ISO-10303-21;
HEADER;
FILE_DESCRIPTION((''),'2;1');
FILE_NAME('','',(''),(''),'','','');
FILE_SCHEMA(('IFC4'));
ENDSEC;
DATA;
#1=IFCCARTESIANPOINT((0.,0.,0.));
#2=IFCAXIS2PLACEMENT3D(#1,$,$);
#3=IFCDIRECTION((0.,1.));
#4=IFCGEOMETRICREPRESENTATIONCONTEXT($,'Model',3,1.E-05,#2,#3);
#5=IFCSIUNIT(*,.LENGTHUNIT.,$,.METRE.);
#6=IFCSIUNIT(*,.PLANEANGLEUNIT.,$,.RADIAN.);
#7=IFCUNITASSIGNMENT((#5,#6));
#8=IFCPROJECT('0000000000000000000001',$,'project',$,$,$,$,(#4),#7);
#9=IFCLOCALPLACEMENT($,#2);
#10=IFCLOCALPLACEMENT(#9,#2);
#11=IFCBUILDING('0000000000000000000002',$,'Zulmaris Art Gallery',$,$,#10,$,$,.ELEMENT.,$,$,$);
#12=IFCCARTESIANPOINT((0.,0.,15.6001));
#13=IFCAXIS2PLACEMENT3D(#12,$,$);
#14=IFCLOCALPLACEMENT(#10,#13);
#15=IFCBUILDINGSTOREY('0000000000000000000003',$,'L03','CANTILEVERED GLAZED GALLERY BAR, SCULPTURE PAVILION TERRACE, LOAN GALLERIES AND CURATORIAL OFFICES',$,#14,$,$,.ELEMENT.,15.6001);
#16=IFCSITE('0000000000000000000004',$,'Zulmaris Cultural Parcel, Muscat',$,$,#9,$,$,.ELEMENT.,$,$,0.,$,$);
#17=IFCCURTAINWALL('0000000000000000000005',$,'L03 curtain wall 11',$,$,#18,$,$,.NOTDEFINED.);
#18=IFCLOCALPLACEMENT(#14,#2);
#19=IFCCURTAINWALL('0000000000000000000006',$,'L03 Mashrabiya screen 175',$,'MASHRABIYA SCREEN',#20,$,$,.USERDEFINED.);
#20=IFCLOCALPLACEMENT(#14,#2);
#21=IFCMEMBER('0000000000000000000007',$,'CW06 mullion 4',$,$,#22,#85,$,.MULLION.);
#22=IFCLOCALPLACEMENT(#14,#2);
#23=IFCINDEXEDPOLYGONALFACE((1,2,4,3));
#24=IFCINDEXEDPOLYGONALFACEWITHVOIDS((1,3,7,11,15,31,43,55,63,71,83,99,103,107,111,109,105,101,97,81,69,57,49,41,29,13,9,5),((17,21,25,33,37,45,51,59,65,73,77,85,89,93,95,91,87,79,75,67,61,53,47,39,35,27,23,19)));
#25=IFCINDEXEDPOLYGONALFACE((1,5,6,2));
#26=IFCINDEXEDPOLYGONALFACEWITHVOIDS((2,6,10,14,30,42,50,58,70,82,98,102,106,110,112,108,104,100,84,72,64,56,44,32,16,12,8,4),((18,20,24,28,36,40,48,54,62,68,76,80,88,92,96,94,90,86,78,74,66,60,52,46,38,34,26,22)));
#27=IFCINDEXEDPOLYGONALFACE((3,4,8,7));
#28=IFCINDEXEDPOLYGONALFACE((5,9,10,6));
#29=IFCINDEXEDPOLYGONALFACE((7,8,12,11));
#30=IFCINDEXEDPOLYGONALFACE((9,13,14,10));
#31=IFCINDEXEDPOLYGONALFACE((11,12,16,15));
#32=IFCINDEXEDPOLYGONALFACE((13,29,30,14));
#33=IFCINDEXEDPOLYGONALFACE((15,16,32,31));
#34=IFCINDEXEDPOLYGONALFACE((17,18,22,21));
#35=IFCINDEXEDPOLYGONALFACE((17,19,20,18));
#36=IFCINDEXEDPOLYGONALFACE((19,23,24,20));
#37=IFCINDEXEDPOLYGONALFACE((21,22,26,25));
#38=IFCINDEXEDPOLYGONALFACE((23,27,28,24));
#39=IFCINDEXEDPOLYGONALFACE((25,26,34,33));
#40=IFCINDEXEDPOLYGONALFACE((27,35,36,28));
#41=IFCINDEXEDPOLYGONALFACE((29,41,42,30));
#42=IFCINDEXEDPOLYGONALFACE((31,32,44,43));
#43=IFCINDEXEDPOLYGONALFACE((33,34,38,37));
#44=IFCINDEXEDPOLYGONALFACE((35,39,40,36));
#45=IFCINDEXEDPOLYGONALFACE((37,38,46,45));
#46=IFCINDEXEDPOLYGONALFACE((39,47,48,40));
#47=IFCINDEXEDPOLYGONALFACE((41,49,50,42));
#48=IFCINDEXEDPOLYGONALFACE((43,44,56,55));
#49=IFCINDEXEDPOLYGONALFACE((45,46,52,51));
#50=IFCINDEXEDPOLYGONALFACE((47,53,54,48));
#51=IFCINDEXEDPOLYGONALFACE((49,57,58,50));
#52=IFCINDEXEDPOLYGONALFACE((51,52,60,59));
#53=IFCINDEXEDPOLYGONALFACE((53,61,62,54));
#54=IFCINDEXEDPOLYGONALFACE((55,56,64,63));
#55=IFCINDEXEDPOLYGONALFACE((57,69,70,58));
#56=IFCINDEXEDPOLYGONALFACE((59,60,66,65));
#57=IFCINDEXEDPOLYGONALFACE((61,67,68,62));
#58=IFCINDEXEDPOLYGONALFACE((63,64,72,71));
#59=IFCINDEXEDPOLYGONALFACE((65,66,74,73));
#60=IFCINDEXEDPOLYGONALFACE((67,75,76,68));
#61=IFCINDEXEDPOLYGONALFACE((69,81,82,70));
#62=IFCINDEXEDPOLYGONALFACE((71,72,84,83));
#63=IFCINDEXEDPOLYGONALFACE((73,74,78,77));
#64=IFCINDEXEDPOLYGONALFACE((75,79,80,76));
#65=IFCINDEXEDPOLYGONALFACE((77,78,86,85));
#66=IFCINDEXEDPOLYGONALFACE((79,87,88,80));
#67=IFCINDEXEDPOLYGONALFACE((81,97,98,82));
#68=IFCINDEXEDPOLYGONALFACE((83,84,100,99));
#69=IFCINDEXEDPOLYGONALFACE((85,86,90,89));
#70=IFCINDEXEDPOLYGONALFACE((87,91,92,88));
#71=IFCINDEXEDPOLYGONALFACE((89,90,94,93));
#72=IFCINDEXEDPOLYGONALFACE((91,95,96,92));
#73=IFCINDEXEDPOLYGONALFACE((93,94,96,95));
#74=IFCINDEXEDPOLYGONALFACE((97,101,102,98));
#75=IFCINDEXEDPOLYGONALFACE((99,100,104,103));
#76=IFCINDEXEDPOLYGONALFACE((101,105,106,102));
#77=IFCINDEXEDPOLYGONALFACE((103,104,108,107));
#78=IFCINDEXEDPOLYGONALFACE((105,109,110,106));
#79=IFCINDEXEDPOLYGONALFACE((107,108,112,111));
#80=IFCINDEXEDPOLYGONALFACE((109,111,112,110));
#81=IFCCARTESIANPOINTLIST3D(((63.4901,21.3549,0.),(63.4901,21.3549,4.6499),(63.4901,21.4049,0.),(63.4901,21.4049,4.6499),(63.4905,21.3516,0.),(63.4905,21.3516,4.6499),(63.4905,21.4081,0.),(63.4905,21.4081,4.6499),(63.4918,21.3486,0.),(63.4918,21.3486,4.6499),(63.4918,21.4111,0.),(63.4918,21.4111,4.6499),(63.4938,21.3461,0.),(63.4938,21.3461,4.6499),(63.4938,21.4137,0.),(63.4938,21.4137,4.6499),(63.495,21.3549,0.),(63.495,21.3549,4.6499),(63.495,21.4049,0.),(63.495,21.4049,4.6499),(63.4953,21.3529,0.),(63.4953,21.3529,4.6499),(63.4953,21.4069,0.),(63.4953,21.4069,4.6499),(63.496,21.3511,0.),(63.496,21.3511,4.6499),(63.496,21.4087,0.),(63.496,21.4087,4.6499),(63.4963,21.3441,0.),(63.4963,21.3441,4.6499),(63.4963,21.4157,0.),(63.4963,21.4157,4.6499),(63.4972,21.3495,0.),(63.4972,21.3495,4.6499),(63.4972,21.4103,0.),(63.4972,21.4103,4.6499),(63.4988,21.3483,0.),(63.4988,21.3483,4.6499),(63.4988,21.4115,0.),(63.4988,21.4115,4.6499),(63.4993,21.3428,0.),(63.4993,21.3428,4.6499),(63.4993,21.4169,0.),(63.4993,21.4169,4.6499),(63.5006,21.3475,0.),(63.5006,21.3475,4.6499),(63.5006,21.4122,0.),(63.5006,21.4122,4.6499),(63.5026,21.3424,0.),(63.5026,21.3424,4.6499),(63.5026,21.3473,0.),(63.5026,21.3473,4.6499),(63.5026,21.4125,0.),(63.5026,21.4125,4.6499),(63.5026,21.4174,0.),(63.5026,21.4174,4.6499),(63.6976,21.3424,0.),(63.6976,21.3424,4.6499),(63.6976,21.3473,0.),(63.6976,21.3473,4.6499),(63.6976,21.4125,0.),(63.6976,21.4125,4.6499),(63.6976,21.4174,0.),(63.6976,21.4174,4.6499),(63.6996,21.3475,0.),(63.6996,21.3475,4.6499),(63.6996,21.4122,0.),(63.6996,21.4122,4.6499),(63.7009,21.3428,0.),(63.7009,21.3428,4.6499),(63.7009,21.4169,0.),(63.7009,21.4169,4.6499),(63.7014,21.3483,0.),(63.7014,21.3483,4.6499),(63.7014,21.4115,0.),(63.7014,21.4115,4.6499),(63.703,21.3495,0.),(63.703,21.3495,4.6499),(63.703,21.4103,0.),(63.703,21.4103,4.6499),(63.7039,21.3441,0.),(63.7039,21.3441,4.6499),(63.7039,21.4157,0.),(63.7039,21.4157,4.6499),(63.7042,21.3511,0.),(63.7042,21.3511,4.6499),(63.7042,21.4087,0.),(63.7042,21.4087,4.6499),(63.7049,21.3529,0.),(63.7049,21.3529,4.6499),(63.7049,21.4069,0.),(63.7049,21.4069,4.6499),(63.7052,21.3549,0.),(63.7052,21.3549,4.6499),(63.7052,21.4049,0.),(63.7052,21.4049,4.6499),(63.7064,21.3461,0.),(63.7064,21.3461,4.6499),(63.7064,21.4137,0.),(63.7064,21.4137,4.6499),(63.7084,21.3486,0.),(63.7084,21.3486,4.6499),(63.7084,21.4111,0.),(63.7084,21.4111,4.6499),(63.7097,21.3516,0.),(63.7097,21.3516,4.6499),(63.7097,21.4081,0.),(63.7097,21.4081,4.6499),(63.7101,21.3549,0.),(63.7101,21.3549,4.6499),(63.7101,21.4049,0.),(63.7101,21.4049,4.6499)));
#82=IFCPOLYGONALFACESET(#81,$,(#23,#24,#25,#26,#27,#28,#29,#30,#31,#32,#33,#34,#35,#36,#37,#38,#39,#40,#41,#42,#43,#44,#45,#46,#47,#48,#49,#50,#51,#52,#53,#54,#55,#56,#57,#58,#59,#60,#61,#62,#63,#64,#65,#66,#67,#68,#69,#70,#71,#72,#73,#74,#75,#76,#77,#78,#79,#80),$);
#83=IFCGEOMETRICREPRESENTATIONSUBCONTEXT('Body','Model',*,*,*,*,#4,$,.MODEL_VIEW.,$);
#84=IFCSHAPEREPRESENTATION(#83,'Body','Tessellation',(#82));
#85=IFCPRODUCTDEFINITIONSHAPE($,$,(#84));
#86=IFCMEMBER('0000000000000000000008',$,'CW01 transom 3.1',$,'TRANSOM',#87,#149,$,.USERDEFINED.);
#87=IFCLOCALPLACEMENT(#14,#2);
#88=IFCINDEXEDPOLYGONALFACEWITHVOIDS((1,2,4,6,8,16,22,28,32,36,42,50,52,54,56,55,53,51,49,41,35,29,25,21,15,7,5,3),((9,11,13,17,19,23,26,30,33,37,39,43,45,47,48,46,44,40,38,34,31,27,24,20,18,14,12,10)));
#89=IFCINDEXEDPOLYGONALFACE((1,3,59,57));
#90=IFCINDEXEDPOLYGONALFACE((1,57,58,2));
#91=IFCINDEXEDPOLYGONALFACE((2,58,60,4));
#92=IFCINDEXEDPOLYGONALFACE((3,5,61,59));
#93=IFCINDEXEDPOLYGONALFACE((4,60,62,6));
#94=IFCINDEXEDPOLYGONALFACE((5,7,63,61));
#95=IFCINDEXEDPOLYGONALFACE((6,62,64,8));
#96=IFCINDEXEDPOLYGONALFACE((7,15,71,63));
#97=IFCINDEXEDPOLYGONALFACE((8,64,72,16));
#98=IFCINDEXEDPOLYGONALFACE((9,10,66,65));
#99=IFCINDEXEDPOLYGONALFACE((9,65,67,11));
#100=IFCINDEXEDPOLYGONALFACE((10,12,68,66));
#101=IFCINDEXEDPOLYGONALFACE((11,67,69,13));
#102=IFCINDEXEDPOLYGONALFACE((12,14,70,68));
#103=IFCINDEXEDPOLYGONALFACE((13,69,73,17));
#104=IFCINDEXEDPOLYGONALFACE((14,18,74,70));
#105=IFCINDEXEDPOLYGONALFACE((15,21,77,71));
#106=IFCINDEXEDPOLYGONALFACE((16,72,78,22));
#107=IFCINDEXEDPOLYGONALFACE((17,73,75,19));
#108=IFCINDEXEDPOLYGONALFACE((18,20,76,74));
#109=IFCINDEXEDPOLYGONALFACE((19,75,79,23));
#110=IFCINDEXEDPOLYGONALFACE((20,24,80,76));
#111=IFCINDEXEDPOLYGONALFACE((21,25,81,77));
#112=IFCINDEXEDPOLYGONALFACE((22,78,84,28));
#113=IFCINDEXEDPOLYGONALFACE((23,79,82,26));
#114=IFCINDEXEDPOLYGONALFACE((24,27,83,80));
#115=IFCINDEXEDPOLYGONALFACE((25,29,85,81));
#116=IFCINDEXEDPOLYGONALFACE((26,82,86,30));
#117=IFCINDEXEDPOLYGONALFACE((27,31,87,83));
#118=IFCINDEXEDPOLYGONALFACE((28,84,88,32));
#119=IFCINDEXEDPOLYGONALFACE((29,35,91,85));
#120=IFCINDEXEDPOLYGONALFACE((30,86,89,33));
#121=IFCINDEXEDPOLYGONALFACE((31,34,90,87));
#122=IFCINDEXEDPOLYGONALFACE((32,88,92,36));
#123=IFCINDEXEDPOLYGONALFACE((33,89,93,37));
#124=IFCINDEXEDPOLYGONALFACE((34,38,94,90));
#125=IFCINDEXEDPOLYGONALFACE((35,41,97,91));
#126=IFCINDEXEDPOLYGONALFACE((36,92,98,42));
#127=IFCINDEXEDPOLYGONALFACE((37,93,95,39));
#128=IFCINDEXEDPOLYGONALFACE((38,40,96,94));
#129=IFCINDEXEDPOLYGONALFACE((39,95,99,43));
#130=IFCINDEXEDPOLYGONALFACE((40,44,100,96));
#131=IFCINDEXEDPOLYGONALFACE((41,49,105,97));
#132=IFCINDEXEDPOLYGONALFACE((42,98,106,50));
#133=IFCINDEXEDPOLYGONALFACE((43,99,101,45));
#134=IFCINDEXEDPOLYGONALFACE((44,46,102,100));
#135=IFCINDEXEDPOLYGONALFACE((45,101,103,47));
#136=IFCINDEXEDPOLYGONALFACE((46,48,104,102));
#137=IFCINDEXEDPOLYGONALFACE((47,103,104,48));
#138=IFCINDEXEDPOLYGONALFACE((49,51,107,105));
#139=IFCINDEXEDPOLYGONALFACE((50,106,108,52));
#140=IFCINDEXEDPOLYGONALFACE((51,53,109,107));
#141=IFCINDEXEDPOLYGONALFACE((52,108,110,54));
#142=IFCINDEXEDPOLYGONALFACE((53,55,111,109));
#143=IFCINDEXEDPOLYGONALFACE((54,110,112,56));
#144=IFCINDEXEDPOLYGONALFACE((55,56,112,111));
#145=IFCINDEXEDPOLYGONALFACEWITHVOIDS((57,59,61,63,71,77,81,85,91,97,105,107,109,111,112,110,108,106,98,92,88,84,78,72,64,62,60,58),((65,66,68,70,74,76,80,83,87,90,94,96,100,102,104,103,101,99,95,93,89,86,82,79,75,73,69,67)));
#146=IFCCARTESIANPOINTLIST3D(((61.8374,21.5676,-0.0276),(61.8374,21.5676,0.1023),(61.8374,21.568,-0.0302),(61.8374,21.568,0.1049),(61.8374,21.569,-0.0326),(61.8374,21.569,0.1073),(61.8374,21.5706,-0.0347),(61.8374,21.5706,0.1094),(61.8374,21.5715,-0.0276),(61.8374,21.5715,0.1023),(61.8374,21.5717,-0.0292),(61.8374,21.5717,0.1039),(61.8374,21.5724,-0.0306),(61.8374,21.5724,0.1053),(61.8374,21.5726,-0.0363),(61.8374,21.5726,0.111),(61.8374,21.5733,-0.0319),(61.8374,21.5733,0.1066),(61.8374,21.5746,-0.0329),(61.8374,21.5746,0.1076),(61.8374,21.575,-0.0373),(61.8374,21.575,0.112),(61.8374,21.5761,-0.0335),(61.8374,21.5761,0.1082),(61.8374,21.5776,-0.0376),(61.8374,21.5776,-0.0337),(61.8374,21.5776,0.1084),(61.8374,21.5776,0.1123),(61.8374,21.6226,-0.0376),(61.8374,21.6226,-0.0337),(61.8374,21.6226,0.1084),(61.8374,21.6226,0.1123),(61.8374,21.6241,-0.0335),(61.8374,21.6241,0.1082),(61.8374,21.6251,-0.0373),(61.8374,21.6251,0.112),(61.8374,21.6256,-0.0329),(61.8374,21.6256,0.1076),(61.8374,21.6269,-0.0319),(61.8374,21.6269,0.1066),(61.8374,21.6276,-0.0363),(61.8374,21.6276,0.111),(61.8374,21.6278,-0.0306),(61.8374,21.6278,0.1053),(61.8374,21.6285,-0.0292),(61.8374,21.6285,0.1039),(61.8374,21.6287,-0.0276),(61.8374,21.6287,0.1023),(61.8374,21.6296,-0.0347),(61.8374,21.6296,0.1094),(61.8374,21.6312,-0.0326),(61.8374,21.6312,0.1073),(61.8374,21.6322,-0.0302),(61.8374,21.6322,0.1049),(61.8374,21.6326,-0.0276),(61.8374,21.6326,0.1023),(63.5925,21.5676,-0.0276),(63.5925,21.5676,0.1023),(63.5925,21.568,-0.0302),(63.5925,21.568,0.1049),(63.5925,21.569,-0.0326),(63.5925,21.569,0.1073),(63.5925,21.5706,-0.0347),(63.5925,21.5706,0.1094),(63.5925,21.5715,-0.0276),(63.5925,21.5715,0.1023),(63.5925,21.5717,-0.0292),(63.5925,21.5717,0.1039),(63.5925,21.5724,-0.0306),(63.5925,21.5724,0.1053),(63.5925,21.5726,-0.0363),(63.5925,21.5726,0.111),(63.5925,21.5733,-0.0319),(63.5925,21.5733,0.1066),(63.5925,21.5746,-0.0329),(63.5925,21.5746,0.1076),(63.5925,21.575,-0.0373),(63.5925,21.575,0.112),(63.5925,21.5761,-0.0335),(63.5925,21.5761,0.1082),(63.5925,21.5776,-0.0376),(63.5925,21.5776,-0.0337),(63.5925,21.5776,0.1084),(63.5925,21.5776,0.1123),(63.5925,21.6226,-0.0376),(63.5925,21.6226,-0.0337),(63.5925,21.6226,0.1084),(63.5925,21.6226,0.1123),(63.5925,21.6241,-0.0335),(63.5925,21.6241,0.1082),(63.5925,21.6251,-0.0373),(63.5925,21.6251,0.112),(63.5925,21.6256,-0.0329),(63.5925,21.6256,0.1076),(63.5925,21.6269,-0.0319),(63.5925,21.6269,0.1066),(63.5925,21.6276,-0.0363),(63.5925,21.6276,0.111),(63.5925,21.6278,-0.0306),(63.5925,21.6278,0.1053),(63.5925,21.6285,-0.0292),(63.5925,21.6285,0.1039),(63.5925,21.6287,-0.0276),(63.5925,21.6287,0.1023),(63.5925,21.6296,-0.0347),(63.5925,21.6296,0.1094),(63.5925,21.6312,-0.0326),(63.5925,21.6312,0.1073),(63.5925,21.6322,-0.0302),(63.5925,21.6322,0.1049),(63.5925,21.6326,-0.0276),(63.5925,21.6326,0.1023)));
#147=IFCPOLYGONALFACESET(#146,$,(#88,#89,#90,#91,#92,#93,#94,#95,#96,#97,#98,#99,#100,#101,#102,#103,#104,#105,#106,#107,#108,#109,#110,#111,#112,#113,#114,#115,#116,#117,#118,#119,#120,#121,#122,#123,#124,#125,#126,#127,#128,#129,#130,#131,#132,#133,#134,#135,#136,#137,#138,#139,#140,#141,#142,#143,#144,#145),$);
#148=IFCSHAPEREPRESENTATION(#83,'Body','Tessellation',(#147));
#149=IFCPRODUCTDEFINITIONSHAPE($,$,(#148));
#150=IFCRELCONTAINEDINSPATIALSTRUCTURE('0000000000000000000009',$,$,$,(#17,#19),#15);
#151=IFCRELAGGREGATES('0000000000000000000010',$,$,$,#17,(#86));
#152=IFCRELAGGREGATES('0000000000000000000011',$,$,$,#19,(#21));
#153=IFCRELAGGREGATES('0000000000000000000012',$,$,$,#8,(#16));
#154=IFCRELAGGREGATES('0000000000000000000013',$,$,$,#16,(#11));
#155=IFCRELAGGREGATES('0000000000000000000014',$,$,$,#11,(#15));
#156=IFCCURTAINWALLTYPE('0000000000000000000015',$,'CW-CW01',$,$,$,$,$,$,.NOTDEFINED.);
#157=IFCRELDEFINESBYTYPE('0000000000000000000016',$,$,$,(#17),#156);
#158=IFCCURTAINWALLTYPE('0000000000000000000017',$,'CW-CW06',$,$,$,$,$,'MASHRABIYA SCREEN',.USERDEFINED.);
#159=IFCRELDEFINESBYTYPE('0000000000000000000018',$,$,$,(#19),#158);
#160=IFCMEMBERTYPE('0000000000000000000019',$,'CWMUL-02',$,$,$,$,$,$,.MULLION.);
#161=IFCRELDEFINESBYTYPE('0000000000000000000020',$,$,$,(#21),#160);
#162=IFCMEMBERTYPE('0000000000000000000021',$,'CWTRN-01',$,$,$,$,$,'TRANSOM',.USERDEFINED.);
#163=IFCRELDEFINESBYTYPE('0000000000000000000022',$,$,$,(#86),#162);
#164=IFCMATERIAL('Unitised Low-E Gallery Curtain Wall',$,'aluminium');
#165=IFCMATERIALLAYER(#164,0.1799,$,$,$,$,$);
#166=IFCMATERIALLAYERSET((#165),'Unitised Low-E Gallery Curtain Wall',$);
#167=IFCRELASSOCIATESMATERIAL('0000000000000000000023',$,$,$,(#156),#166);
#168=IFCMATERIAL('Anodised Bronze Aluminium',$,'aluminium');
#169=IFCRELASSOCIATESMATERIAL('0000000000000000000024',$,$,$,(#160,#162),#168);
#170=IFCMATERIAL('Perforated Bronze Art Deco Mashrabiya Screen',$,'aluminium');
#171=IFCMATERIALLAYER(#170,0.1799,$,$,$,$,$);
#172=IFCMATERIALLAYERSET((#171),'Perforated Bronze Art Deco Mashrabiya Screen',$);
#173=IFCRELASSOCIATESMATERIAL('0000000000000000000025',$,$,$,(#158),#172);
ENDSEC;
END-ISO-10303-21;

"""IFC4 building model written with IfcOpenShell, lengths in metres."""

from ifc_helpers import new_model, si_unit, direction, frame, origin, origin_2d, place, context, subcontext, project, spatial, hollow_rectangle, extrude, material, layer, layer_set, material_profile, profile_set, type_object, element, aggregate, save


model = new_model("IFC4")

# Units and contexts
model_context = context("Model", 3, precision=1e-05, world=origin(), true_north=direction((0.0, 1.0)))
body_context = subcontext(model_context, "Body", "Model", "MODEL_VIEW")
ifc_project = project(units=[si_unit("LENGTHUNIT", "METRE"), si_unit("PLANEANGLEUNIT", "RADIAN")], contexts=[model_context])

# Site, building, storey
site_placement = place(None, origin())
site = spatial("IfcSite", under=ifc_project, at=site_placement, Name="Zulmaris Cultural Parcel, Muscat", CompositionType="ELEMENT", RefElevation=0.0)
building_placement = place(site_placement, origin())
building = spatial("IfcBuilding", under=site, at=building_placement, Name="Zulmaris Art Gallery", CompositionType="ELEMENT")
storey_placement = place(building_placement, frame((0.0, 0.0, 15.6001)))
storey = spatial("IfcBuildingStorey", under=building, at=storey_placement, Name="L03", Description="CANTILEVERED GLAZED GALLERY BAR, SCULPTURE PAVILION TERRACE, LOAN GALLERIES AND CURATORIAL OFFICES", CompositionType="ELEMENT", Elevation=15.6001)

# Curtain walls, member
ifc_material_1 = material(Name="Unitised Low-E Gallery Curtain Wall", Category="aluminium")
ifc_layer_1 = layer(ifc_material_1, 0.1799)
ifc_layer_set_1 = layer_set([ifc_layer_1], Name="Unitised Low-E Gallery Curtain Wall")
curtain_wall_type_1 = type_object("IfcCurtainWallType", Name="CW-CW01", PredefinedType="NOTDEFINED", material=ifc_layer_set_1)
curtain_wall_1_placement = place(storey_placement, origin())
curtain_wall_1 = element("IfcCurtainWall", 1, at=curtain_wall_1_placement, inside=storey, type_object=curtain_wall_type_1, Name="L03 curtain wall 11", PredefinedType="NOTDEFINED")
ifc_material_2 = material(Name="Anodised Bronze Aluminium", Category="aluminium")
ifc_material_profile_1 = material_profile(ifc_material_2, hollow_rectangle(XDim=0.075, YDim=0.22, WallThickness=0.0049, InnerFilletRadius=0.0076, OuterFilletRadius=0.0125, at=origin_2d()), Name="ALU 75x220x5")
ifc_profile_set_1 = profile_set([ifc_material_profile_1], Name="Anodised Bronze Aluminium")
member_type_1 = type_object("IfcMemberType", Name="CWMUL-02", PredefinedType="MULLION", material=ifc_profile_set_1)
ifc_material_3 = material(Name="Perforated Bronze Art Deco Mashrabiya Screen", Category="aluminium")
ifc_layer_2 = layer(ifc_material_3, 0.1799)
ifc_layer_set_2 = layer_set([ifc_layer_2], Name="Perforated Bronze Art Deco Mashrabiya Screen")
curtain_wall_type_2 = type_object("IfcCurtainWallType", Name="CW-CW06", ElementType="MASHRABIYA SCREEN", PredefinedType="USERDEFINED", material=ifc_layer_set_2)
curtain_wall_2_placement = place(storey_placement, origin())
curtain_wall_2 = element("IfcCurtainWall", 2, at=curtain_wall_2_placement, inside=storey, type_object=curtain_wall_type_2, Name="L03 Mashrabiya screen 175", ObjectType="MASHRABIYA SCREEN", PredefinedType="USERDEFINED")
member_1_placement = place(storey_placement, frame((63.6001, 21.3799, 0.0), z_axis=(0.0, 0.0, 1.0), x_axis=(0.0, 1.0, 0.0)))
member_1 = element("IfcMember", 3, at=member_1_placement, type_object=member_type_1, Name="CW06 mullion 4", PredefinedType="MULLION", context=body_context, shape_type="SweptSolid", body=[
    extrude(hollow_rectangle(XDim=0.075, YDim=0.22, WallThickness=0.0049, InnerFilletRadius=0.0076, OuterFilletRadius=0.0125, at=origin_2d()), origin(), (0.0, 0.0, 1.0), 4.6499),
])

# Member
ifc_material_profile_2 = material_profile(ifc_material_2, hollow_rectangle(XDim=0.0649, YDim=0.1499, WallThickness=0.0039, InnerFilletRadius=0.0061, OuterFilletRadius=0.01, at=origin_2d()), Name="ALU 65x150x4")
ifc_profile_set_2 = profile_set([ifc_material_profile_2], Name="Anodised Bronze Aluminium")
member_type_2 = type_object("IfcMemberType", Name="CWTRN-01", ElementType="TRANSOM", PredefinedType="USERDEFINED", material=ifc_profile_set_2)
member_2_placement = place(storey_placement, frame((61.8374, 21.6001, 0.0374), z_axis=(1.0, 0.0, 0.0), x_axis=(0.0, 1.0, 0.0)))
member_2 = element("IfcMember", 4, at=member_2_placement, type_object=member_type_2, Name="CW01 transom 3.1", ObjectType="TRANSOM", PredefinedType="USERDEFINED", context=body_context, shape_type="SweptSolid", body=[
    extrude(hollow_rectangle(XDim=0.0649, YDim=0.1499, WallThickness=0.0039, InnerFilletRadius=0.0061, OuterFilletRadius=0.01, at=origin_2d()), origin(), (0.0, 0.0, 1.0), 1.7551),
])

aggregate(curtain_wall_1, [member_2])
aggregate(curtain_wall_2, [member_1])

save(model, "model.ifc")
